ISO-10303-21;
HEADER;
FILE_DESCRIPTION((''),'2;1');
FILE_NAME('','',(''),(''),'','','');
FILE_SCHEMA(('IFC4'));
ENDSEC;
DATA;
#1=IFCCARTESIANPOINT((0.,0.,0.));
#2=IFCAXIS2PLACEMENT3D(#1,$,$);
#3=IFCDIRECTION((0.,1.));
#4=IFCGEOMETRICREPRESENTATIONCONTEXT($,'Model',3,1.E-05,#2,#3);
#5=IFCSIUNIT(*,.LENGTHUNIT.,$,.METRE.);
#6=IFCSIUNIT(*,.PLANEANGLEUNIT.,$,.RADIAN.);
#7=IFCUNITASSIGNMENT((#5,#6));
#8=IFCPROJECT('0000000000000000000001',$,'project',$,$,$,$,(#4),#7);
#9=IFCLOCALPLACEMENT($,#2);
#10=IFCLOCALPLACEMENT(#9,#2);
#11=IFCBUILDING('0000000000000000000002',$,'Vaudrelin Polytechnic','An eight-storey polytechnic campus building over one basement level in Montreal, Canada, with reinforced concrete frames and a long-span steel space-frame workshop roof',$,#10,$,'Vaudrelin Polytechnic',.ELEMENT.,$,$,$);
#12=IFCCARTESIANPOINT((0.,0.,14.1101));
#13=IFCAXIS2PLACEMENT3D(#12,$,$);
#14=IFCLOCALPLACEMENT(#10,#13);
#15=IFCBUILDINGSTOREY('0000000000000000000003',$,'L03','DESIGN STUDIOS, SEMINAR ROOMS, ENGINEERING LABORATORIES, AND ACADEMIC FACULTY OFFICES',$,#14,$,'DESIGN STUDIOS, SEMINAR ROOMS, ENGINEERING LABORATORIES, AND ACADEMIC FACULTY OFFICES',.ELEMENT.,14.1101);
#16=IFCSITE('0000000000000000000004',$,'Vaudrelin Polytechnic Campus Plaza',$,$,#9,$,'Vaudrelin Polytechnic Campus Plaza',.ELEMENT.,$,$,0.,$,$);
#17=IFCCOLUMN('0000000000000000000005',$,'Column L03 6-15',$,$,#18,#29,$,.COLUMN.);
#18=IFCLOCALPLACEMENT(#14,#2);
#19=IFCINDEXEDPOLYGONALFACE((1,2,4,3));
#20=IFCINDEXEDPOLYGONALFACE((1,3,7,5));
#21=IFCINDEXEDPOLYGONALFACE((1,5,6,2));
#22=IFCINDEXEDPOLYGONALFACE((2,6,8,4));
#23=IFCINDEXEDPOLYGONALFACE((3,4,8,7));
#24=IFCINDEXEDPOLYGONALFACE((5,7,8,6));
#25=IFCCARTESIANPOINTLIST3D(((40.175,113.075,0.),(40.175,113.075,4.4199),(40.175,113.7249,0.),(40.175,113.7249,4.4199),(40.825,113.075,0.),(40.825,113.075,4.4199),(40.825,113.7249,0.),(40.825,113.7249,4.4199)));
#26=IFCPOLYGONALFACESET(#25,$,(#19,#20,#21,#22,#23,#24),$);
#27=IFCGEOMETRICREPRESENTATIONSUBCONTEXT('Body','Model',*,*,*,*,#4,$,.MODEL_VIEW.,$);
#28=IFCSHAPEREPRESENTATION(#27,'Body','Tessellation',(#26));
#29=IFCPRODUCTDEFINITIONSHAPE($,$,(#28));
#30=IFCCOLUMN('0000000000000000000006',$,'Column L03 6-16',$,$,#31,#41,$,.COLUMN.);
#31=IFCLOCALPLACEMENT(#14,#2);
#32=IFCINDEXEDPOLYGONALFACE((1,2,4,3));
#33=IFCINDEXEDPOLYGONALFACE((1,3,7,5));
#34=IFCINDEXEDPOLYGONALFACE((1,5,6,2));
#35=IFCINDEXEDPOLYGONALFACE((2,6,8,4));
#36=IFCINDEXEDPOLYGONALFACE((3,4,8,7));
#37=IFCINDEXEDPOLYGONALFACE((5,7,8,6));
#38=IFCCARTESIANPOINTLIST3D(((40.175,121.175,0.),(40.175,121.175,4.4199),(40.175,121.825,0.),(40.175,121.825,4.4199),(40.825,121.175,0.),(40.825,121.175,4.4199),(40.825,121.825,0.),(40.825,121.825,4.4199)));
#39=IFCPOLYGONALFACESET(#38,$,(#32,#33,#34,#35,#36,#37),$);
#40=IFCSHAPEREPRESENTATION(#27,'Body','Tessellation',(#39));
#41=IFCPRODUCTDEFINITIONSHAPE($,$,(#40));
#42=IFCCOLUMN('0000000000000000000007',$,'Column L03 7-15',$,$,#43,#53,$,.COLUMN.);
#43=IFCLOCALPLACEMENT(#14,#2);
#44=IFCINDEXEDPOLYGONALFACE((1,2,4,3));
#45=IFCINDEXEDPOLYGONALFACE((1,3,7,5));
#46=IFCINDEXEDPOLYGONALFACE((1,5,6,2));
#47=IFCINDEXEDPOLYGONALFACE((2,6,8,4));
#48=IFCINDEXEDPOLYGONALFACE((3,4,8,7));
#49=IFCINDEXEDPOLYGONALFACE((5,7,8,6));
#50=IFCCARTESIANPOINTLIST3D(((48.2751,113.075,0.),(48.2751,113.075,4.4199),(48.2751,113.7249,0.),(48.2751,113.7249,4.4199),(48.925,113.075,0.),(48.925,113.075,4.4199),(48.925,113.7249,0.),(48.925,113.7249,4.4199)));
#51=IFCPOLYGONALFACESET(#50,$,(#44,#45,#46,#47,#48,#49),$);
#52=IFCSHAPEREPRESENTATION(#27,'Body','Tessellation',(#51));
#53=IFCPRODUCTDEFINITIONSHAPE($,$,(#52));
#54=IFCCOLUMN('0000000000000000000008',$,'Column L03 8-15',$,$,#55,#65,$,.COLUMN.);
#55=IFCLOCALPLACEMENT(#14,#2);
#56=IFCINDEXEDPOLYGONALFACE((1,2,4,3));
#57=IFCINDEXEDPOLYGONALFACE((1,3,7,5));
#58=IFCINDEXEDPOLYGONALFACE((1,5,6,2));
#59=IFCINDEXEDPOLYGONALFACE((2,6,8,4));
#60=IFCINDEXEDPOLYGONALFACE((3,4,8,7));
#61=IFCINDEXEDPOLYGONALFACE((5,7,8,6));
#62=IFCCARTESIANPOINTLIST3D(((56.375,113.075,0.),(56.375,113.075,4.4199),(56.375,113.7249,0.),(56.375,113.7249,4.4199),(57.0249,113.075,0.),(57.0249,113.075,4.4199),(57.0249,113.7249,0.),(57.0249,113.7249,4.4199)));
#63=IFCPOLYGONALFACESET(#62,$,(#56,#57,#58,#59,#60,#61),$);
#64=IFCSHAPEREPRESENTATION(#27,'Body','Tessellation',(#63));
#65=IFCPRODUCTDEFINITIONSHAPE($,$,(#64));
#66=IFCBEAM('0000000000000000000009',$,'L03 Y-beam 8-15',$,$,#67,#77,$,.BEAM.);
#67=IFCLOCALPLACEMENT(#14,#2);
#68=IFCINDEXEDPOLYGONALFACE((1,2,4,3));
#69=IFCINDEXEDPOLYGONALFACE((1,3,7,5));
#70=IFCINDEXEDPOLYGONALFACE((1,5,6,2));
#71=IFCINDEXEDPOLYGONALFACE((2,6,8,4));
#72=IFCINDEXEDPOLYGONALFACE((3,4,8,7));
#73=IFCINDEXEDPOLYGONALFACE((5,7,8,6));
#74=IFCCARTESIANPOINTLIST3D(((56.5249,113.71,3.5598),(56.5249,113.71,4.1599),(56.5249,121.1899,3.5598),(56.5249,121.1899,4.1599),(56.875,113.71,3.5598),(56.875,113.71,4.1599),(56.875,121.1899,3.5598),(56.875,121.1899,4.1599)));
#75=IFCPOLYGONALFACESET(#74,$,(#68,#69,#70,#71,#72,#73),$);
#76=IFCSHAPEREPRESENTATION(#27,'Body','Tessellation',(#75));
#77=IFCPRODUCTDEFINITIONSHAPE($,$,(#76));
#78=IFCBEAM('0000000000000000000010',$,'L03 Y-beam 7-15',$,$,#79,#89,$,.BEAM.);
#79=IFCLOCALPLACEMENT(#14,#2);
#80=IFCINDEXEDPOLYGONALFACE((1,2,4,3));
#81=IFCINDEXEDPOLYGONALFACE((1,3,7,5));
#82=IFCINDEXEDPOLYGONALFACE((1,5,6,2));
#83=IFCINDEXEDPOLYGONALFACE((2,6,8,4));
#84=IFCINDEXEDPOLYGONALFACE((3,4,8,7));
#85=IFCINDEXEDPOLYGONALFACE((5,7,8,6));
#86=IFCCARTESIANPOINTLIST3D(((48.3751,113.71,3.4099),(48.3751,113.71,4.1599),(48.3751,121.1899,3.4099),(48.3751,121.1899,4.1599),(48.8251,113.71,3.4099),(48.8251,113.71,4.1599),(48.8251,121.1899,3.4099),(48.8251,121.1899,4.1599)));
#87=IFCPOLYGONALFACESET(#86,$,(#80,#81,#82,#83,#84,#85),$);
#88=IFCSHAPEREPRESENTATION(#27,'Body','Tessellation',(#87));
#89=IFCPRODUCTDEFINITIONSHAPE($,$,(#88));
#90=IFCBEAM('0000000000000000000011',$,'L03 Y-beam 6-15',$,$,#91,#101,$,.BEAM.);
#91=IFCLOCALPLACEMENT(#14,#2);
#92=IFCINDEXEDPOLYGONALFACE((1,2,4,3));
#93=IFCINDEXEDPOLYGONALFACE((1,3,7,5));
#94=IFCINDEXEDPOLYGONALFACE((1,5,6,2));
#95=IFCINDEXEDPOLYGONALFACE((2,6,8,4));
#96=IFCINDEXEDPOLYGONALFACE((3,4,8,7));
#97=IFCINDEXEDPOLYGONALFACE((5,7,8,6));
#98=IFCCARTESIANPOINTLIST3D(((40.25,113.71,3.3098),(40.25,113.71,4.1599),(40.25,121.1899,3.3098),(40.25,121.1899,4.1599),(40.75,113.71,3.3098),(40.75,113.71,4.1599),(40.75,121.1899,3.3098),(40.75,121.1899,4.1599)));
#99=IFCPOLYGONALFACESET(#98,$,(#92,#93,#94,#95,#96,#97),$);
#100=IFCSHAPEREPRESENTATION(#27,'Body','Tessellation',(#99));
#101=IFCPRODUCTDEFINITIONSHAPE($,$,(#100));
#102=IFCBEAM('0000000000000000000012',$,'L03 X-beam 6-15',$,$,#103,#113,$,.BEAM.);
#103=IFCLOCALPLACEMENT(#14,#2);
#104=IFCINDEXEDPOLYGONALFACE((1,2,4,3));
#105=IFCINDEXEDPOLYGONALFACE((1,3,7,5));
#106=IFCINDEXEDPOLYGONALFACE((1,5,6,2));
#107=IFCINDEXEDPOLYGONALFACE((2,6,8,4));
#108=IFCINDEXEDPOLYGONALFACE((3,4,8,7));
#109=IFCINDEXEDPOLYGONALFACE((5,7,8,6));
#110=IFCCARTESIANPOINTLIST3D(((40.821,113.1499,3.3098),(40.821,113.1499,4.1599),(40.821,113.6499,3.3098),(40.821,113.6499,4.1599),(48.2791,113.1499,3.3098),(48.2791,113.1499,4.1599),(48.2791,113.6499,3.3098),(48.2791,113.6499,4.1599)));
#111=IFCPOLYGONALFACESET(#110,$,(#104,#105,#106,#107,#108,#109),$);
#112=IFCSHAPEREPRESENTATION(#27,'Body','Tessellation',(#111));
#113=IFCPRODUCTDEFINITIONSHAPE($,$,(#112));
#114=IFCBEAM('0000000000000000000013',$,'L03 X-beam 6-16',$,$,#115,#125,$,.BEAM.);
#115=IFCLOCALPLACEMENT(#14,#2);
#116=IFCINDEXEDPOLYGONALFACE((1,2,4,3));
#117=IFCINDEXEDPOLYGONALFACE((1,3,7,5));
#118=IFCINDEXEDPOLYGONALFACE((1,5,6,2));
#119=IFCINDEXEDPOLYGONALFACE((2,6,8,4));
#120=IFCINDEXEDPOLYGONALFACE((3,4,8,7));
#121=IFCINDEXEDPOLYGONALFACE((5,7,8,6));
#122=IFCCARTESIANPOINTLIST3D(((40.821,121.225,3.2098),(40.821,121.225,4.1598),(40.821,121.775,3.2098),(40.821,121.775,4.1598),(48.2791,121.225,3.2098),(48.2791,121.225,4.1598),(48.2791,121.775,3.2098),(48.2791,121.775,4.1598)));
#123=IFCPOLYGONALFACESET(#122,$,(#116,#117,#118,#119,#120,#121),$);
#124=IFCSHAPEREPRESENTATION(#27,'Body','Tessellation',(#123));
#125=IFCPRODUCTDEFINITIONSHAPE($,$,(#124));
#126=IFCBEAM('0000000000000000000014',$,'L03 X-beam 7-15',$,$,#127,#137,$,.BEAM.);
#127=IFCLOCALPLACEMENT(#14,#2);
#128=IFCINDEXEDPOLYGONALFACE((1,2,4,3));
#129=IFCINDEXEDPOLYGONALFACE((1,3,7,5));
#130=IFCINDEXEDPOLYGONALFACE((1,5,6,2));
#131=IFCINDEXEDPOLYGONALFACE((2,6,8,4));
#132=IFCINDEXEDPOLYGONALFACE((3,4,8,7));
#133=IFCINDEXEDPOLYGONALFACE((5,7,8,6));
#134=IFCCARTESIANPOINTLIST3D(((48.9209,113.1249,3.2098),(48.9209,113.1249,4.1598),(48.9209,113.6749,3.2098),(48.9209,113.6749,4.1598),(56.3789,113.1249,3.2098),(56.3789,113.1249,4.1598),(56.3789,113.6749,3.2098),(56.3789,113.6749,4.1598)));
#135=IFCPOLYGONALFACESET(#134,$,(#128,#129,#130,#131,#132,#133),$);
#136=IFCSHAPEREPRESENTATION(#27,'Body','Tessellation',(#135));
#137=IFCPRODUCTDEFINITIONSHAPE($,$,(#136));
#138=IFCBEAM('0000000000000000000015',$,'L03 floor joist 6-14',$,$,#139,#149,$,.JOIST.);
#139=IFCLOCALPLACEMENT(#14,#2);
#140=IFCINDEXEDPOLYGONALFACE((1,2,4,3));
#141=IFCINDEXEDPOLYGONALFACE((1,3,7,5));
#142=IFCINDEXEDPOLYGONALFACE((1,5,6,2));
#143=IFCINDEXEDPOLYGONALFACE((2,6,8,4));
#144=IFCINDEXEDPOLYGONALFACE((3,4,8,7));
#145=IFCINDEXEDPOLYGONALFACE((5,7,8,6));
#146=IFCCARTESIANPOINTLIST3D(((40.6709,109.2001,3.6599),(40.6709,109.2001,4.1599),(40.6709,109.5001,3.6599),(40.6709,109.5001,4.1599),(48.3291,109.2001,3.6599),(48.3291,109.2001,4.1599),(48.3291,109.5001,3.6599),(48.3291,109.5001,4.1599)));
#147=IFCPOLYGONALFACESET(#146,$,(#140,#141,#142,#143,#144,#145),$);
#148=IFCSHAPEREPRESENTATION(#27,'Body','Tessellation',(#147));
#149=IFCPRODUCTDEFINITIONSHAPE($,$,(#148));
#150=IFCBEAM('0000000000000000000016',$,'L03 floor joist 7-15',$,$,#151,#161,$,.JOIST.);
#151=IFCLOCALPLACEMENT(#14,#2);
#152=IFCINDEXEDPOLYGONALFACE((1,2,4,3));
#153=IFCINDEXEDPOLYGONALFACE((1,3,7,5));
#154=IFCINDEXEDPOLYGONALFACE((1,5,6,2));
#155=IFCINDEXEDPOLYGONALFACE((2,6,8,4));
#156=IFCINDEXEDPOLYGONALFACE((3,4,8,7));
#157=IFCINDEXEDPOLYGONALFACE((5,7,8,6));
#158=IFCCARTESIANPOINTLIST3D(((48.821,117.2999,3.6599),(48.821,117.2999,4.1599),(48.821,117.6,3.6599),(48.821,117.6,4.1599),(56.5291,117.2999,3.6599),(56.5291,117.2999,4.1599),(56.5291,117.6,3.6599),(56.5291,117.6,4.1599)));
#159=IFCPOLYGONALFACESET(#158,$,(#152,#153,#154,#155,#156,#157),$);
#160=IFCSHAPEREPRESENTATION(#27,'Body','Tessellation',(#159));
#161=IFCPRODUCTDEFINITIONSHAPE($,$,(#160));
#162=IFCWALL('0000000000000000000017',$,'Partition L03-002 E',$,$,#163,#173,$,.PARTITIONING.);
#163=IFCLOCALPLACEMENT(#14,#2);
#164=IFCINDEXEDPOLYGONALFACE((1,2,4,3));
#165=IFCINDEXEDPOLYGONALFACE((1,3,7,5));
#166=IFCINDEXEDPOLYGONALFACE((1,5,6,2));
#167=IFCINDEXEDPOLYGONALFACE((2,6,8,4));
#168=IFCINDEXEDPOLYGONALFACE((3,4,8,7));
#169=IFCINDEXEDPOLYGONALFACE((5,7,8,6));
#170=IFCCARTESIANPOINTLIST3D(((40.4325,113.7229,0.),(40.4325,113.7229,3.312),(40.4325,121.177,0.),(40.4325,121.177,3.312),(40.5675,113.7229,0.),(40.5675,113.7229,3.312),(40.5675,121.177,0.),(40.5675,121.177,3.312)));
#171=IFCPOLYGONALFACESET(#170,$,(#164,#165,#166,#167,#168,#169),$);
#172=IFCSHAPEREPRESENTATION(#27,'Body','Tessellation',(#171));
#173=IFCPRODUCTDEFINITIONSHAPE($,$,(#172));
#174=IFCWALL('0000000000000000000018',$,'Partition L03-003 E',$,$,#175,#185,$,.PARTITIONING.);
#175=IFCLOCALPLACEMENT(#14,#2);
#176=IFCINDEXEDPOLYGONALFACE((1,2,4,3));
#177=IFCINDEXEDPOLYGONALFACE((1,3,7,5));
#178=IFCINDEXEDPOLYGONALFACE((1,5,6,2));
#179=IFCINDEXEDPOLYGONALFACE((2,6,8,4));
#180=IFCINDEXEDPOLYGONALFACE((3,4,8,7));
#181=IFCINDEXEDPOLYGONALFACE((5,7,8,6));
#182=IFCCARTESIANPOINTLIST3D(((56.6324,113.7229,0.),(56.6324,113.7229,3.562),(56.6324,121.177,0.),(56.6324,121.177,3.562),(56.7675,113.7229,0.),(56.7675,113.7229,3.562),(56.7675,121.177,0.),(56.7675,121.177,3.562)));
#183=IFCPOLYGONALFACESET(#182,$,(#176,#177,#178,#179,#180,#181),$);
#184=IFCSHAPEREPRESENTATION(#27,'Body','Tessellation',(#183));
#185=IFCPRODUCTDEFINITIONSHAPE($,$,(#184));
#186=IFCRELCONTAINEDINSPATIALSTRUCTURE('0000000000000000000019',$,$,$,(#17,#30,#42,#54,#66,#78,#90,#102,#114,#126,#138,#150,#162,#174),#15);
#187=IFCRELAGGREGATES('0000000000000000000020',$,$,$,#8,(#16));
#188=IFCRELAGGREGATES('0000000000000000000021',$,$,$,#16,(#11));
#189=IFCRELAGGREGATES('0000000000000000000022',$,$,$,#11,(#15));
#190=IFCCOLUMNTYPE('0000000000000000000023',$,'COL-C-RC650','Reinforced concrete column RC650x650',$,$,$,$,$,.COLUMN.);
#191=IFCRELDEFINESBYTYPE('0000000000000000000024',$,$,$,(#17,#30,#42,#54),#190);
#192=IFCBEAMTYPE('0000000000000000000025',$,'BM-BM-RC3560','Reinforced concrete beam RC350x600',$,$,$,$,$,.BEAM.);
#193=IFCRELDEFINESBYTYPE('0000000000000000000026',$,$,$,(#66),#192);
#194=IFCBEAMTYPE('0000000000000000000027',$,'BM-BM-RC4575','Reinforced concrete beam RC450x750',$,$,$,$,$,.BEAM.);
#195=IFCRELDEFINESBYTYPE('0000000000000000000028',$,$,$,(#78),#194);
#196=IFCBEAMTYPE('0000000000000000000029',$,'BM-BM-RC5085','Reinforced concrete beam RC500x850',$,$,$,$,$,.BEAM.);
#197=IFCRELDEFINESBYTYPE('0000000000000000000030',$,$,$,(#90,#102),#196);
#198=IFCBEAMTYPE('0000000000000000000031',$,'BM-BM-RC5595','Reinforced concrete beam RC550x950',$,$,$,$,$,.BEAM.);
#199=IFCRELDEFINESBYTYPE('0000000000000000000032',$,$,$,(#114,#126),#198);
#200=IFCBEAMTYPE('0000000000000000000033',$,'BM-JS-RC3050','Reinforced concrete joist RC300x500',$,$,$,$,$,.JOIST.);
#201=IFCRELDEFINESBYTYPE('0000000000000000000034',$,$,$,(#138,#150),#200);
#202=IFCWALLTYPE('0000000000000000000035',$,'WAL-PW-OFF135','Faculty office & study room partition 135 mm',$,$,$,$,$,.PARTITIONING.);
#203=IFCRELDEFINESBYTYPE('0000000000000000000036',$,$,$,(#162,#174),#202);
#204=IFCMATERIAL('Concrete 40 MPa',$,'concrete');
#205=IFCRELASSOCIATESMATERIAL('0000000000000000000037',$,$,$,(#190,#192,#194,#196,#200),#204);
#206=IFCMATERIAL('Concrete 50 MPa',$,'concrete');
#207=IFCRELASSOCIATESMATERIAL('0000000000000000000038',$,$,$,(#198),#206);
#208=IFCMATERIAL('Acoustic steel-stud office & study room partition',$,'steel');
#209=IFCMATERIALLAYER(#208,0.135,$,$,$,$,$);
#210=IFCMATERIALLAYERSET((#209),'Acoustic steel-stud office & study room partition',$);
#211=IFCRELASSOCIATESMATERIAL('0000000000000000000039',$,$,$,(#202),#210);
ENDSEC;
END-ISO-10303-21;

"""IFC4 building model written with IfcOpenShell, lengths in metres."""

from ifc_helpers import new_model, si_unit, direction, frame, frame_2d, origin, origin_2d, place, context, subcontext, project, spatial, rectangle, extrude, material, layer, layer_set, material_profile, profile_set, type_object, element, save


model = new_model("IFC4")

# Units and contexts
model_context = context("Model", 3, precision=1e-05, world=origin(), true_north=direction((0.0, 1.0)))
body_context = subcontext(model_context, "Body", "Model", "MODEL_VIEW")
ifc_project = project(units=[si_unit("LENGTHUNIT", "METRE"), si_unit("PLANEANGLEUNIT", "RADIAN")], contexts=[model_context])

# Site, building, storey
site_placement = place(None, origin())
site = spatial("IfcSite", under=ifc_project, at=site_placement, Name="Vaudrelin Polytechnic Campus Plaza", LongName="Vaudrelin Polytechnic Campus Plaza", CompositionType="ELEMENT", RefElevation=0.0)
building_placement = place(site_placement, origin())
building = spatial("IfcBuilding", under=site, at=building_placement, Name="Vaudrelin Polytechnic", Description="An eight-storey polytechnic campus building over one basement level in Montreal, Canada, with reinforced concrete frames and a long-span steel space-frame workshop roof", LongName="Vaudrelin Polytechnic", CompositionType="ELEMENT")
storey_placement = place(building_placement, frame((0.0, 0.0, 14.1101)))
storey = spatial("IfcBuildingStorey", under=building, at=storey_placement, Name="L03", Description="DESIGN STUDIOS, SEMINAR ROOMS, ENGINEERING LABORATORIES, AND ACADEMIC FACULTY OFFICES", LongName="DESIGN STUDIOS, SEMINAR ROOMS, ENGINEERING LABORATORIES, AND ACADEMIC FACULTY OFFICES", CompositionType="ELEMENT", Elevation=14.1101)

# Columns
ifc_material_1 = material(Name="Concrete 40 MPa", Category="concrete")
ifc_material_profile_1 = material_profile(ifc_material_1, rectangle(XDim=0.6499, YDim=0.6499, at=origin_2d()), Name="RC650x650")
ifc_profile_set_1 = profile_set([ifc_material_profile_1], Name="Concrete 40 MPa")
column_type = type_object("IfcColumnType", Name="COL-C-RC650", Description="Reinforced concrete column RC650x650", PredefinedType="COLUMN", material=ifc_profile_set_1)
for number, where, z_axis, x_axis, name in (
    (1, (40.5, 113.3999, 0.0), (0.0, 0.0, 1.0), (1.0, 0.0, 0.0), "Column L03 6-15"),
    (2, (40.5, 121.5, 0.0), (0.0, 0.0, 1.0), (1.0, 0.0, 0.0), "Column L03 6-16"),
    (3, (48.6001, 113.3999, 0.0), (0.0, 0.0, 1.0), (1.0, 0.0, 0.0), "Column L03 7-15"),
    (4, (56.7, 113.3999, 0.0), (0.0, 0.0, 1.0), (1.0, 0.0, 0.0), "Column L03 8-15"),
):
    element("IfcColumn", number, at=place(storey_placement, frame(where, z_axis=z_axis, x_axis=x_axis)), inside=storey, type_object=column_type, Name=name, PredefinedType="COLUMN", context=body_context, shape_type="SweptSolid", body=[
        extrude(rectangle(XDim=0.6499, YDim=0.6499, at=origin_2d()), origin(), (0.0, 0.0, 1.0), 4.4199),
    ])

# Beams
ifc_material_profile_2 = material_profile(ifc_material_1, rectangle(XDim=0.3501, YDim=0.6001, at=origin_2d()), Name="RC350x600")
ifc_profile_set_2 = profile_set([ifc_material_profile_2], Name="Concrete 40 MPa")
beam_type_1 = type_object("IfcBeamType", Name="BM-BM-RC3560", Description="Reinforced concrete beam RC350x600", PredefinedType="BEAM", material=ifc_profile_set_2)
beam_1_placement = place(storey_placement, frame((56.7, 113.71, 3.8599), z_axis=(0.0, 1.0, 0.0), x_axis=(-1.0, 0.0, 0.0)))
element("IfcBeam", 5, at=beam_1_placement, inside=storey, type_object=beam_type_1, Name="L03 Y-beam 8-15", PredefinedType="BEAM", context=body_context, shape_type="SweptSolid", body=[
    extrude(rectangle(XDim=0.3501, YDim=0.6001, at=origin_2d()), origin(), (0.0, 0.0, 1.0), 7.48),
])
ifc_material_profile_3 = material_profile(ifc_material_1, rectangle(XDim=0.45, YDim=0.75, at=origin_2d()), Name="RC450x750")
ifc_profile_set_3 = profile_set([ifc_material_profile_3], Name="Concrete 40 MPa")
beam_type_2 = type_object("IfcBeamType", Name="BM-BM-RC4575", Description="Reinforced concrete beam RC450x750", PredefinedType="BEAM", material=ifc_profile_set_3)
beam_2_placement = place(storey_placement, frame((48.6001, 113.71, 3.7849), z_axis=(0.0, 1.0, 0.0), x_axis=(-1.0, 0.0, 0.0)))
element("IfcBeam", 6, at=beam_2_placement, inside=storey, type_object=beam_type_2, Name="L03 Y-beam 7-15", PredefinedType="BEAM", context=body_context, shape_type="SweptSolid", body=[
    extrude(rectangle(XDim=0.45, YDim=0.75, at=origin_2d()), origin(), (0.0, 0.0, 1.0), 7.48),
])
ifc_material_profile_4 = material_profile(ifc_material_1, rectangle(XDim=0.5, YDim=0.8501, at=origin_2d()), Name="RC500x850")
ifc_profile_set_4 = profile_set([ifc_material_profile_4], Name="Concrete 40 MPa")
beam_type_3 = type_object("IfcBeamType", Name="BM-BM-RC5085", Description="Reinforced concrete beam RC500x850", PredefinedType="BEAM", material=ifc_profile_set_4)
beam_3_placement = place(storey_placement, frame((40.5, 113.71, 3.7349), z_axis=(0.0, 1.0, 0.0), x_axis=(-1.0, 0.0, 0.0)))
element("IfcBeam", 7, at=beam_3_placement, inside=storey, type_object=beam_type_3, Name="L03 Y-beam 6-15", PredefinedType="BEAM", context=body_context, shape_type="SweptSolid", body=[
    extrude(rectangle(XDim=0.5, YDim=0.8501, at=origin_2d()), origin(), (0.0, 0.0, 1.0), 7.48),
])
beam_4_placement = place(storey_placement, frame((40.821, 113.3999, 3.7349), z_axis=(1.0, 0.0, 0.0), x_axis=(0.0, 1.0, 0.0)))
element("IfcBeam", 8, at=beam_4_placement, inside=storey, type_object=beam_type_3, Name="L03 X-beam 6-15", PredefinedType="BEAM", context=body_context, shape_type="SweptSolid", body=[
    extrude(rectangle(XDim=0.5, YDim=0.8501, at=origin_2d()), origin(), (0.0, 0.0, 1.0), 7.458),
])
ifc_material_2 = material(Name="Concrete 50 MPa", Category="concrete")
ifc_material_profile_5 = material_profile(ifc_material_2, rectangle(XDim=0.55, YDim=0.95, at=origin_2d()), Name="RC550x950")
ifc_profile_set_5 = profile_set([ifc_material_profile_5], Name="Concrete 50 MPa")
beam_type_4 = type_object("IfcBeamType", Name="BM-BM-RC5595", Description="Reinforced concrete beam RC550x950", PredefinedType="BEAM", material=ifc_profile_set_5)
for number, where, z_axis, x_axis, name in (
    (9, (40.821, 121.5, 3.6848), (1.0, 0.0, 0.0), (0.0, 1.0, 0.0), "L03 X-beam 6-16"),
    (10, (48.9209, 113.3999, 3.6848), (1.0, 0.0, 0.0), (0.0, 1.0, 0.0), "L03 X-beam 7-15"),
):
    element("IfcBeam", number, at=place(storey_placement, frame(where, z_axis=z_axis, x_axis=x_axis)), inside=storey, type_object=beam_type_4, Name=name, PredefinedType="BEAM", context=body_context, shape_type="SweptSolid", body=[
        extrude(rectangle(XDim=0.55, YDim=0.95, at=origin_2d()), origin(), (0.0, 0.0, 1.0), 7.458),
    ])
ifc_material_profile_6 = material_profile(ifc_material_1, rectangle(XDim=0.3, YDim=0.5, at=origin_2d()), Name="RC300x500")
ifc_profile_set_6 = profile_set([ifc_material_profile_6], Name="Concrete 40 MPa")
beam_type_5 = type_object("IfcBeamType", Name="BM-JS-RC3050", Description="Reinforced concrete joist RC300x500", PredefinedType="JOIST", material=ifc_profile_set_6)
beam_5_placement = place(storey_placement, frame((40.6709, 109.3501, 3.9099), z_axis=(1.0, 0.0, 0.0), x_axis=(0.0, 1.0, 0.0)))
element("IfcBeam", 11, at=beam_5_placement, inside=storey, type_object=beam_type_5, Name="L03 floor joist 6-14", PredefinedType="JOIST", context=body_context, shape_type="SweptSolid", body=[
    extrude(rectangle(XDim=0.3, YDim=0.5, at=origin_2d()), origin(), (0.0, 0.0, 1.0), 7.6582),
])
beam_6_placement = place(storey_placement, frame((48.821, 117.45, 3.9099), z_axis=(1.0, 0.0, 0.0), x_axis=(0.0, 1.0, 0.0)))
element("IfcBeam", 12, at=beam_6_placement, inside=storey, type_object=beam_type_5, Name="L03 floor joist 7-15", PredefinedType="JOIST", context=body_context, shape_type="SweptSolid", body=[
    extrude(rectangle(XDim=0.3, YDim=0.5, at=origin_2d()), origin(), (0.0, 0.0, 1.0), 7.708),
])

# Walls
ifc_material_3 = material(Name="Acoustic steel-stud office & study room partition", Category="steel")
ifc_layer_1 = layer(ifc_material_3, 0.135)
ifc_layer_set_1 = layer_set([ifc_layer_1], Name="Acoustic steel-stud office & study room partition")
wall_type_1 = type_object("IfcWallType", Name="WAL-PW-OFF135", Description="Faculty office & study room partition 135 mm", PredefinedType="PARTITIONING", material=ifc_layer_set_1)
wall_1_placement = place(storey_placement, frame((40.5, 113.7229, 0.0), z_axis=(0.0, 0.0, 1.0), x_axis=(0.0, 1.0, 0.0)))
element("IfcWall", 13, at=wall_1_placement, inside=storey, type_object=wall_type_1, Name="Partition L03-002 E", PredefinedType="PARTITIONING", context=body_context, shape_type="SweptSolid", body=[
    extrude(rectangle(XDim=7.4541, YDim=0.135, at=frame_2d((3.7271, 0.0))), origin(), (0.0, 0.0, 1.0), 3.312),
])
wall_2_placement = place(storey_placement, frame((56.7, 113.7229, 0.0), z_axis=(0.0, 0.0, 1.0), x_axis=(0.0, 1.0, 0.0)))
element("IfcWall", 14, at=wall_2_placement, inside=storey, type_object=wall_type_1, Name="Partition L03-003 E", PredefinedType="PARTITIONING", context=body_context, shape_type="SweptSolid", body=[
    extrude(rectangle(XDim=7.4541, YDim=0.135, at=frame_2d((3.7271, 0.0))), origin(), (0.0, 0.0, 1.0), 3.562),
])

save(model, "model.ifc")
